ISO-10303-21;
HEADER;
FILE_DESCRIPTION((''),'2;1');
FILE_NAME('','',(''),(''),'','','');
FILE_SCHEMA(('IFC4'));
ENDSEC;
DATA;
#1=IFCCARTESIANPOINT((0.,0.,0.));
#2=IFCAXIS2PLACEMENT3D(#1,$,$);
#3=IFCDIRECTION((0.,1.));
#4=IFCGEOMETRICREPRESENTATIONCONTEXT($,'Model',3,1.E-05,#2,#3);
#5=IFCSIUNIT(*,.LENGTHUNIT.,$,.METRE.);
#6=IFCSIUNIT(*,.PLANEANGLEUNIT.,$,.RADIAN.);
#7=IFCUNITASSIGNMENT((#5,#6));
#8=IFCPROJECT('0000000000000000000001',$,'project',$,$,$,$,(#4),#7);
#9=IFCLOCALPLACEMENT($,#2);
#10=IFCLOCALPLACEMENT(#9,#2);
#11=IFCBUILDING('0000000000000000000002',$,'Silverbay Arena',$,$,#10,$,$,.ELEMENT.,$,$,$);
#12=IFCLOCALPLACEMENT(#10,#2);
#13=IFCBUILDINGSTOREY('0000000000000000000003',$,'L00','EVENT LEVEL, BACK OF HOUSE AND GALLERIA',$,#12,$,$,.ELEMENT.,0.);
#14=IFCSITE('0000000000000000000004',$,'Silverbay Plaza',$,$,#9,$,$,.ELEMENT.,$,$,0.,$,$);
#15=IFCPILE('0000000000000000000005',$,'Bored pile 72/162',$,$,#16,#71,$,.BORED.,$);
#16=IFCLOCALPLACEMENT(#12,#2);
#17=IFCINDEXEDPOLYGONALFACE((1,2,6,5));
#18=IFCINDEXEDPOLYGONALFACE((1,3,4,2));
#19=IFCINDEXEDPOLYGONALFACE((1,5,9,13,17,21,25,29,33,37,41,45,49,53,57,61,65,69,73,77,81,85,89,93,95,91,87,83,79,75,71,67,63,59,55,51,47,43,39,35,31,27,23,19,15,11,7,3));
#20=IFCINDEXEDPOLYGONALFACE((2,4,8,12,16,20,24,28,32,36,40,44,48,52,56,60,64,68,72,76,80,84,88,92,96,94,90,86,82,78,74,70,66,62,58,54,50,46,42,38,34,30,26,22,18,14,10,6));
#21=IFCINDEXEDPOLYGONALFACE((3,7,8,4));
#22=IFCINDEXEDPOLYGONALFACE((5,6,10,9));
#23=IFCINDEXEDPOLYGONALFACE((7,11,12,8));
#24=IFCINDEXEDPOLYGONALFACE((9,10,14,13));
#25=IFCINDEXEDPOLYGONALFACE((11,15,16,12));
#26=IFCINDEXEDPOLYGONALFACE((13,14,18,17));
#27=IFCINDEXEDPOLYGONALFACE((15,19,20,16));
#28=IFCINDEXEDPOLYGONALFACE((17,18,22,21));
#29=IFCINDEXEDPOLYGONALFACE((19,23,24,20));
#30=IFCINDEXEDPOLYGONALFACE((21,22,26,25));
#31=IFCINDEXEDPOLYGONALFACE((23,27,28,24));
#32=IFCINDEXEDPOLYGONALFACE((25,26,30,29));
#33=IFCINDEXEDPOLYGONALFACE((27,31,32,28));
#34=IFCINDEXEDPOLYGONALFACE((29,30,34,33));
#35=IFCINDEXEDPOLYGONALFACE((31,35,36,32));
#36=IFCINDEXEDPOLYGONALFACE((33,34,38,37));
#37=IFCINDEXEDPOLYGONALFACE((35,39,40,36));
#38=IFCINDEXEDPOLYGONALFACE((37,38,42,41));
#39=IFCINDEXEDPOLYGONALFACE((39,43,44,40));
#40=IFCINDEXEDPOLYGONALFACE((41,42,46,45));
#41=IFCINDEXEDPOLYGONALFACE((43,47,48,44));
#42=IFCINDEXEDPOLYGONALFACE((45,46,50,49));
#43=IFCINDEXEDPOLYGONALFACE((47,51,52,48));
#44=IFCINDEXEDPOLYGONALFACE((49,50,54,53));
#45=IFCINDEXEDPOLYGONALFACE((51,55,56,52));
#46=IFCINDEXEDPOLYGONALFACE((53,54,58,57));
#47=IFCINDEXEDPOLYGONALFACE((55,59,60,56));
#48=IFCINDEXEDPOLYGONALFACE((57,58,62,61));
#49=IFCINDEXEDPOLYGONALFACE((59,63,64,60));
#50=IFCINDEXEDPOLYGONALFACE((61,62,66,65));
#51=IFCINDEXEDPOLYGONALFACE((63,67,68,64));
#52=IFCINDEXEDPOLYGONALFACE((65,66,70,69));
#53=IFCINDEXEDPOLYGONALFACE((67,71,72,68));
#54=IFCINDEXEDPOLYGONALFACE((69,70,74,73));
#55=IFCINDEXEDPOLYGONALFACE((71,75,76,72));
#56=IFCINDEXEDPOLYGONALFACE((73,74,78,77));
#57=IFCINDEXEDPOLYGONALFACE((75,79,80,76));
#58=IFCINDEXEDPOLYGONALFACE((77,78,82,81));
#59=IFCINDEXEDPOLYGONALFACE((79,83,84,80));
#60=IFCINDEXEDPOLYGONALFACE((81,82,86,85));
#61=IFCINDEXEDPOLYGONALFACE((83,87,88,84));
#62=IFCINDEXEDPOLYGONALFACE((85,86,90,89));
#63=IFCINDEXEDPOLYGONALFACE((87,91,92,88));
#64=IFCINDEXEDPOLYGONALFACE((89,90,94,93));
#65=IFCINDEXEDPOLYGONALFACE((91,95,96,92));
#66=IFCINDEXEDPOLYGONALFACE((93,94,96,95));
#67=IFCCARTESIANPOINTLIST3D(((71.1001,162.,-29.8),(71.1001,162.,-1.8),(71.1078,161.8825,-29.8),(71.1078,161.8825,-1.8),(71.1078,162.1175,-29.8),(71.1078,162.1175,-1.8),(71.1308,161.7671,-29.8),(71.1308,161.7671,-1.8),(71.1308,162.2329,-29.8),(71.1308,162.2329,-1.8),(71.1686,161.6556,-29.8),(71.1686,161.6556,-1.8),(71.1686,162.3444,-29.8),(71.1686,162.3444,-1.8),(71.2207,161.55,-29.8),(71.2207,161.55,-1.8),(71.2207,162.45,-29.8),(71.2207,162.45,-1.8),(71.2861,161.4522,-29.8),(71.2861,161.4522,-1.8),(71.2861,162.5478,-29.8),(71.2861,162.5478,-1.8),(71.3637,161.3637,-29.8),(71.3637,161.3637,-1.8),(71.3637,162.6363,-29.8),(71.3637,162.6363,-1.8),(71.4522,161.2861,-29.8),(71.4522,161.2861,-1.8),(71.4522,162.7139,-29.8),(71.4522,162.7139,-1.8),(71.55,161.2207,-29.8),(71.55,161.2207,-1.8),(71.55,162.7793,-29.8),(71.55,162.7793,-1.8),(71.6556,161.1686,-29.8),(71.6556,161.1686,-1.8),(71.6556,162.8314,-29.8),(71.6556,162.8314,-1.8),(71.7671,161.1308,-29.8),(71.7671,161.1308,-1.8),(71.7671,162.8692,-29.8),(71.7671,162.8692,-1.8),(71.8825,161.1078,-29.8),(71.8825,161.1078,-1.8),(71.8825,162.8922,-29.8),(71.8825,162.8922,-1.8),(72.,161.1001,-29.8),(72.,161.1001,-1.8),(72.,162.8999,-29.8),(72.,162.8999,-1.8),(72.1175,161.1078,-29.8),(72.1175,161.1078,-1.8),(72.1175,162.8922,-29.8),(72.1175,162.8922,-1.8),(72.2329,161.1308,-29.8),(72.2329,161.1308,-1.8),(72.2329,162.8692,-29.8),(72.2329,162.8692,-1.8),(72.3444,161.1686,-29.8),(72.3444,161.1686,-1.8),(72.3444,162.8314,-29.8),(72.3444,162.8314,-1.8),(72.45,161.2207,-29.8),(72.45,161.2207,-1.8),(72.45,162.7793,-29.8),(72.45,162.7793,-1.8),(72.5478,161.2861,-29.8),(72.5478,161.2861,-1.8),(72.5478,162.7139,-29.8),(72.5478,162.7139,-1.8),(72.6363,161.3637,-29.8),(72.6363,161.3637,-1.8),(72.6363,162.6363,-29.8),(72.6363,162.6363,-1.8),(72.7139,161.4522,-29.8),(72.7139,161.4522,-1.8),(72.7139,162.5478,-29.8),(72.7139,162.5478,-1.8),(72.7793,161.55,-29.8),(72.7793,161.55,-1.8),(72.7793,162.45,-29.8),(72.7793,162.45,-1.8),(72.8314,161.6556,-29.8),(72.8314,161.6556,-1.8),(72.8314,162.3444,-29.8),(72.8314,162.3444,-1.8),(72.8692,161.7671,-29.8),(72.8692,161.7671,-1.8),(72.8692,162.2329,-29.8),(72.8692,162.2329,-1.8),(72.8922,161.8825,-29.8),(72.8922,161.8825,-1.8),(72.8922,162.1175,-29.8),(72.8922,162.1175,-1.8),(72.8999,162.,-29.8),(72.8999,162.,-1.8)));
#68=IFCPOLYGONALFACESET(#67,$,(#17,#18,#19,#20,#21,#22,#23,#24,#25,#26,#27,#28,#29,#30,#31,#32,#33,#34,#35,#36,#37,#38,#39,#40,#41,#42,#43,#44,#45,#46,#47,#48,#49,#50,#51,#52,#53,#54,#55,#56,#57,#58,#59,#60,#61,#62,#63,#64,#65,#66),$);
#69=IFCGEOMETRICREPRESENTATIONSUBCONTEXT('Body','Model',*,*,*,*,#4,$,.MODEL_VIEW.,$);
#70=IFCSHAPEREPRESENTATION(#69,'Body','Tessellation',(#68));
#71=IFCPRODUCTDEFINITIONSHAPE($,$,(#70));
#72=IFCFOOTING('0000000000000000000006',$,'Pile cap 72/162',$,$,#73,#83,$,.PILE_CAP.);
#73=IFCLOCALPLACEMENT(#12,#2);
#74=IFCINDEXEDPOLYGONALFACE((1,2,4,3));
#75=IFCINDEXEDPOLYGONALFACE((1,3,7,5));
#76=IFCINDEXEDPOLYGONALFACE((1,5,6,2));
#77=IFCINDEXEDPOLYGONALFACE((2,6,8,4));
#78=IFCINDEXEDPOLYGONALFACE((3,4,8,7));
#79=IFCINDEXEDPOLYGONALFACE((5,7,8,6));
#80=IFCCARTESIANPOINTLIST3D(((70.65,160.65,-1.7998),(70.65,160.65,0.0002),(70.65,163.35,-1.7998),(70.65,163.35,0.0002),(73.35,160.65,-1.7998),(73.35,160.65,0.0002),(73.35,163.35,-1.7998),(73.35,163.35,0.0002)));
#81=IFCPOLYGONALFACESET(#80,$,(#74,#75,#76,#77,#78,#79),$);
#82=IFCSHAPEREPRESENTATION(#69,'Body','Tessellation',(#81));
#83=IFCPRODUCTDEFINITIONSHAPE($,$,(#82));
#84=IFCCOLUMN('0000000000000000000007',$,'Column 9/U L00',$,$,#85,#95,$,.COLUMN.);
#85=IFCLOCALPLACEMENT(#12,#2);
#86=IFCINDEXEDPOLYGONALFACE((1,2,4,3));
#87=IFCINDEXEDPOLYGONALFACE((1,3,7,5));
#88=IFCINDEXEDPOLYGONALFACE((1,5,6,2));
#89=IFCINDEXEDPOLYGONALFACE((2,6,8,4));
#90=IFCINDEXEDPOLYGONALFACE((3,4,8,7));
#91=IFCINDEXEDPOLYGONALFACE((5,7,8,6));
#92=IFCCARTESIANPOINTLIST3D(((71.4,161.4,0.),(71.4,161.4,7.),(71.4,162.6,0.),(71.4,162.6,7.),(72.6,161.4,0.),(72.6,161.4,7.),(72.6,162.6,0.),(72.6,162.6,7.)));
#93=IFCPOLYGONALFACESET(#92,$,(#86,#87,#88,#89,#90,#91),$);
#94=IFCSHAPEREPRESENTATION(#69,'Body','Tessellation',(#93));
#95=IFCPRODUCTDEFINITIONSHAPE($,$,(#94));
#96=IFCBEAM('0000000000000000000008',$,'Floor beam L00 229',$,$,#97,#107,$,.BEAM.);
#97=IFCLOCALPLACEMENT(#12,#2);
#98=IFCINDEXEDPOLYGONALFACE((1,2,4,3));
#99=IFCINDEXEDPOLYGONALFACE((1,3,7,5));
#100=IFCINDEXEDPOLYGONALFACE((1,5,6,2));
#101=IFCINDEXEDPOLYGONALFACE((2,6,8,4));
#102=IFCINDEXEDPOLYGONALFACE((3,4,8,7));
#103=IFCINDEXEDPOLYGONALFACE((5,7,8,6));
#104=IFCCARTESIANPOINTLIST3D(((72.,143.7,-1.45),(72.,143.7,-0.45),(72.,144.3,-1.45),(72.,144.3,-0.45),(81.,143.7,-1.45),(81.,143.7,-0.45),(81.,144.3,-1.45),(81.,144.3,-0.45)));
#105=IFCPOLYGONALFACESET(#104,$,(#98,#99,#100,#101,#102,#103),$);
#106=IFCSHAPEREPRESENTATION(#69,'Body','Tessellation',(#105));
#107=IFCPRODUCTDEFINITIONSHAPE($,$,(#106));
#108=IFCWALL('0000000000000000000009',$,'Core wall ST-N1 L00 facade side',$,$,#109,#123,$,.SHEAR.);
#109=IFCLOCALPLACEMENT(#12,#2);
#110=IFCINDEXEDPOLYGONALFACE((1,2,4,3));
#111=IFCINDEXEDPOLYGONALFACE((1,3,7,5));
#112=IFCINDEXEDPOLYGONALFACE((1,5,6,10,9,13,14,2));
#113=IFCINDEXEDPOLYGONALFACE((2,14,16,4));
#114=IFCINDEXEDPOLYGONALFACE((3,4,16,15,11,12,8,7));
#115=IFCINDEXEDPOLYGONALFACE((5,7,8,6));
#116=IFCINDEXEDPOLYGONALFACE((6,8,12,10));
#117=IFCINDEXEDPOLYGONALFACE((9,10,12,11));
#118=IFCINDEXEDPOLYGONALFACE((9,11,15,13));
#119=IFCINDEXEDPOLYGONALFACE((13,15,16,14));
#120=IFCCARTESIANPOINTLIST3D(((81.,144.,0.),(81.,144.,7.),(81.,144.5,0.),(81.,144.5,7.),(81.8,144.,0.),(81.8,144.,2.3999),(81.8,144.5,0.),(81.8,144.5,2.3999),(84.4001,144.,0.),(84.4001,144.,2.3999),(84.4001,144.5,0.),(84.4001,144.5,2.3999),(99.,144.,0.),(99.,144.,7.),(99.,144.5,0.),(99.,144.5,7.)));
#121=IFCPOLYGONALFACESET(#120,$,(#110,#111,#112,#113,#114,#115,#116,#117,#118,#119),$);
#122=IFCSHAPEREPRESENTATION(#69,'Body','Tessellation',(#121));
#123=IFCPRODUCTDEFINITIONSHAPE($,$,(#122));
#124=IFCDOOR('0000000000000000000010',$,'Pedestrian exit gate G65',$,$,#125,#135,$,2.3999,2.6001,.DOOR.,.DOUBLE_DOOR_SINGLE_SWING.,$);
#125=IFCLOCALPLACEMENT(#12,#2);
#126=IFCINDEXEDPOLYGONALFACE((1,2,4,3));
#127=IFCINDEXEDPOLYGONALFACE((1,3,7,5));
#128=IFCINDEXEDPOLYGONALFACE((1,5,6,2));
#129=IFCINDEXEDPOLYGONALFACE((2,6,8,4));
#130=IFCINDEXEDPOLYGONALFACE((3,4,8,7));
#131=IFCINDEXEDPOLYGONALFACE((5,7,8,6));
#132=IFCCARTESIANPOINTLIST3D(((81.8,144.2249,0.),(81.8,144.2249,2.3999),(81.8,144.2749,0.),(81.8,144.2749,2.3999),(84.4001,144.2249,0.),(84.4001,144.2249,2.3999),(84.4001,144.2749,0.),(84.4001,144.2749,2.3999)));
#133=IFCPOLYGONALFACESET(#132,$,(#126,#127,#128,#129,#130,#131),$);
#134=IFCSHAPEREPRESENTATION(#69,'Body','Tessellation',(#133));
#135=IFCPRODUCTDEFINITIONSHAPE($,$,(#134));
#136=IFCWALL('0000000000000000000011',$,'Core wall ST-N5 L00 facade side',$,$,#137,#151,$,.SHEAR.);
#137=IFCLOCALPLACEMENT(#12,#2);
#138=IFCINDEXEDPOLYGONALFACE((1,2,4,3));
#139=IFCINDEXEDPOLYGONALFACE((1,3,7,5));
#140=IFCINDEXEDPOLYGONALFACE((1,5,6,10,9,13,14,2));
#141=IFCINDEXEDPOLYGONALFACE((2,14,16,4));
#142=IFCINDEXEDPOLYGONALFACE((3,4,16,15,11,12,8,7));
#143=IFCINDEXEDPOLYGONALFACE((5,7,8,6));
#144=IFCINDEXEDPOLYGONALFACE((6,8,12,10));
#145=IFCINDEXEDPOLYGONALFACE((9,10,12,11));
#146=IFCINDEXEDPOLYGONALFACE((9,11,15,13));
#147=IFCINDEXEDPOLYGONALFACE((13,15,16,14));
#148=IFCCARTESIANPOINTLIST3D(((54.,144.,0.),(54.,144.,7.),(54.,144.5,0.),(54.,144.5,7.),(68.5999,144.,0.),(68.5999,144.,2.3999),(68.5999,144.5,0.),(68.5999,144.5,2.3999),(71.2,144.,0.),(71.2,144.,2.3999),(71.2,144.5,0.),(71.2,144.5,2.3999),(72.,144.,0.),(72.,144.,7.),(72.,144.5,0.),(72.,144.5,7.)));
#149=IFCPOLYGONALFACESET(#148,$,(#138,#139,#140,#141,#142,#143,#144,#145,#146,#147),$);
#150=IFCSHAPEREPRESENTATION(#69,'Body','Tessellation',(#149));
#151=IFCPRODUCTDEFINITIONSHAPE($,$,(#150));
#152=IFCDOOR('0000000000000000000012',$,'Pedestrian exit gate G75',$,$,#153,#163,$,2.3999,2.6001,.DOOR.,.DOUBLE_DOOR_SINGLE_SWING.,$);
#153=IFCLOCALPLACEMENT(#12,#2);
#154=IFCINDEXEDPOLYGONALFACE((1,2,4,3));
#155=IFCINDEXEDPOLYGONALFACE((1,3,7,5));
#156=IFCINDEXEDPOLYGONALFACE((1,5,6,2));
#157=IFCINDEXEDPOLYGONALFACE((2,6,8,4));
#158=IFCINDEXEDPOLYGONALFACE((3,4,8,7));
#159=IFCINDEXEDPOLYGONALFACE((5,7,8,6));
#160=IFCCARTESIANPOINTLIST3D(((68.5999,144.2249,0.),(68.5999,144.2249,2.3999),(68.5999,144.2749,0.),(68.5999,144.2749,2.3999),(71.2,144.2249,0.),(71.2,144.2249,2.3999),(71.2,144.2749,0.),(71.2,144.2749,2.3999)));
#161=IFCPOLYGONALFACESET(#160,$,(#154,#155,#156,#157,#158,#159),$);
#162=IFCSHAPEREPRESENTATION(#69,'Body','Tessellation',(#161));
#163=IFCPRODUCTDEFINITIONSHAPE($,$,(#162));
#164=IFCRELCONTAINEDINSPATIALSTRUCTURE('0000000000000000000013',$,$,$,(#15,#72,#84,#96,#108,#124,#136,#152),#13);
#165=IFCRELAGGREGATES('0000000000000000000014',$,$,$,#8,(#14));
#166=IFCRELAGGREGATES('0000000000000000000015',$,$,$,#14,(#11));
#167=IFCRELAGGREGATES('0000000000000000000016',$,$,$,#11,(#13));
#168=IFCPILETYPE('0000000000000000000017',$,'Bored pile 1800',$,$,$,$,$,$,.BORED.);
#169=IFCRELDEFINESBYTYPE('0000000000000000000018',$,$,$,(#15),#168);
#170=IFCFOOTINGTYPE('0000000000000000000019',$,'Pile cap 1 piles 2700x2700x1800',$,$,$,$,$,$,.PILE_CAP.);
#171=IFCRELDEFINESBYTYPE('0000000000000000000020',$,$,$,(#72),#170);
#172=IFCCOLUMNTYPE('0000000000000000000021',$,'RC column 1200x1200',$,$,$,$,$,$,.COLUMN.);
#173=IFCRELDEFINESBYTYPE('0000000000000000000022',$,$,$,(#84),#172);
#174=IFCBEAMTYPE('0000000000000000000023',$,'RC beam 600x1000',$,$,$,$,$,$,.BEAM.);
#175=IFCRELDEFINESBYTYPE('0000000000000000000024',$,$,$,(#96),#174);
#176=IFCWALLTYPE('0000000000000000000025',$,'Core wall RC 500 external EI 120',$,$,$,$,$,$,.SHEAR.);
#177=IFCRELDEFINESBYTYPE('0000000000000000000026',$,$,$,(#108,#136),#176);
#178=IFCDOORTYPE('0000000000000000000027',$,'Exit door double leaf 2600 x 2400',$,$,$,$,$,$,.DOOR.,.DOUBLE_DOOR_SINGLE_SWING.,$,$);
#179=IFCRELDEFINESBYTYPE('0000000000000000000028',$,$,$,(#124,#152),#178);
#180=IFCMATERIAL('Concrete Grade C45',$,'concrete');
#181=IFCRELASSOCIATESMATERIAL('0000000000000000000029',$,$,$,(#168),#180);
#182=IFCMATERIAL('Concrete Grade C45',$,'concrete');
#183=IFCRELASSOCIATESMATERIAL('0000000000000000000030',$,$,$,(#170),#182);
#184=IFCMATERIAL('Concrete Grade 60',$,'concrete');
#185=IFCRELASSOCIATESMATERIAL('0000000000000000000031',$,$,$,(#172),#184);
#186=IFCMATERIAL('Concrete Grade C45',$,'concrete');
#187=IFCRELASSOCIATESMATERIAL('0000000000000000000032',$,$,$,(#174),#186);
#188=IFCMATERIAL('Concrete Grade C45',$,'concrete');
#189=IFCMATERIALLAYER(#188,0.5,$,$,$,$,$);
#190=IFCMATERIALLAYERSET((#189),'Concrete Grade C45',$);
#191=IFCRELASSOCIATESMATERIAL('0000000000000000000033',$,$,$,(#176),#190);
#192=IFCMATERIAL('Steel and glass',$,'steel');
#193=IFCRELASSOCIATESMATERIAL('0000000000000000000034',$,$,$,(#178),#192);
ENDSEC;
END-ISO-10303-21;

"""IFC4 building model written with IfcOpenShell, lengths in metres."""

from ifc_helpers import new_model, si_unit, direction, frame, frame_2d, origin, origin_2d, place, context, subcontext, project, spatial, rectangle, circle, extrude, material, layer, layer_set, material_profile, profile_set, type_object, element, fill, save


model = new_model("IFC4")

# Units and contexts
model_context = context("Model", 3, precision=1e-05, world=origin(), true_north=direction((0.0, 1.0)))
body_context = subcontext(model_context, "Body", "Model", "MODEL_VIEW")
ifc_project = project(units=[si_unit("LENGTHUNIT", "METRE"), si_unit("PLANEANGLEUNIT", "RADIAN")], contexts=[model_context])

# Site, building, storey
site_placement = place(None, origin())
site = spatial("IfcSite", under=ifc_project, at=site_placement, Name="Silverbay Plaza", CompositionType="ELEMENT", RefElevation=0.0)
building_placement = place(site_placement, origin())
building = spatial("IfcBuilding", under=site, at=building_placement, Name="Silverbay Arena", CompositionType="ELEMENT")
storey_placement = place(building_placement, origin())
storey = spatial("IfcBuildingStorey", under=building, at=storey_placement, Name="L00", Description="EVENT LEVEL, BACK OF HOUSE AND GALLERIA", CompositionType="ELEMENT", Elevation=0.0)

# Pile
ifc_material_1 = material(Name="Concrete Grade C45", Category="concrete")
ifc_material_profile_1 = material_profile(ifc_material_1, circle(Radius=0.8999, at=origin_2d()), Name="Bored pile 1800")
ifc_profile_set_1 = profile_set([ifc_material_profile_1], Name="Concrete Grade C45")
pile_type = type_object("IfcPileType", Name="Bored pile 1800", PredefinedType="BORED", material=ifc_profile_set_1)
pile_placement = place(storey_placement, frame((72.0, 162.0, -1.8), z_axis=(0.0, 0.0, -1.0), x_axis=(1.0, 0.0, 0.0)))
element("IfcPile", 1, at=pile_placement, inside=storey, type_object=pile_type, Name="Bored pile 72/162", PredefinedType="BORED", context=body_context, shape_type="SweptSolid", body=[
    extrude(circle(Radius=0.8999, at=origin_2d()), origin(), (0.0, 0.0, 1.0), 28.0),
])

# Footing
ifc_material_2 = material(Name="Concrete Grade C45", Category="concrete")
footing_type = type_object("IfcFootingType", Name="Pile cap 1 piles 2700x2700x1800", PredefinedType="PILE_CAP", material=ifc_material_2)
footing_placement = place(storey_placement, frame((72.0, 162.0, -1.7998), z_axis=(0.0, 0.0, 1.0), x_axis=(1.0, 0.0, 0.0)))
element("IfcFooting", 2, at=footing_placement, inside=storey, type_object=footing_type, Name="Pile cap 72/162", PredefinedType="PILE_CAP", context=body_context, shape_type="SweptSolid", body=[
    extrude(rectangle(XDim=2.7, YDim=2.7, at=origin_2d()), origin(), (0.0, 0.0, 1.0), 1.8),
])

# Column
ifc_material_3 = material(Name="Concrete Grade 60", Category="concrete")
ifc_material_profile_2 = material_profile(ifc_material_3, rectangle(XDim=1.2, YDim=1.2, at=origin_2d()), Name="RC 1200x1200")
ifc_profile_set_2 = profile_set([ifc_material_profile_2], Name="Concrete Grade 60")
column_type = type_object("IfcColumnType", Name="RC column 1200x1200", PredefinedType="COLUMN", material=ifc_profile_set_2)
column_placement = place(storey_placement, frame((72.0, 162.0, 0.0), z_axis=(0.0, 0.0, 1.0), x_axis=(1.0, 0.0, 0.0)))
element("IfcColumn", 3, at=column_placement, inside=storey, type_object=column_type, Name="Column 9/U L00", PredefinedType="COLUMN", context=body_context, shape_type="SweptSolid", body=[
    extrude(rectangle(XDim=1.2, YDim=1.2, at=origin_2d()), origin(), (0.0, 0.0, 1.0), 7.0),
])

# Beam
ifc_material_4 = material(Name="Concrete Grade C45", Category="concrete")
ifc_material_profile_3 = material_profile(ifc_material_4, rectangle(XDim=0.6001, YDim=1.0, at=origin_2d()), Name="RC 600x1000")
ifc_profile_set_3 = profile_set([ifc_material_profile_3], Name="Concrete Grade C45")
beam_type = type_object("IfcBeamType", Name="RC beam 600x1000", PredefinedType="BEAM", material=ifc_profile_set_3)
beam_placement = place(storey_placement, frame((72.0, 144.0, -0.95), z_axis=(1.0, 0.0, 0.0), x_axis=(0.0, 1.0, 0.0)))
element("IfcBeam", 4, at=beam_placement, inside=storey, type_object=beam_type, Name="Floor beam L00 229", PredefinedType="BEAM", context=body_context, shape_type="SweptSolid", body=[
    extrude(rectangle(XDim=0.6001, YDim=1.0, at=origin_2d()), origin(), (0.0, 0.0, 1.0), 9.0),
])

# Walls, openings, doors
ifc_material_5 = material(Name="Concrete Grade C45", Category="concrete")
ifc_layer_1 = layer(ifc_material_5, 0.5)
ifc_layer_set_1 = layer_set([ifc_layer_1], Name="Concrete Grade C45")
wall_type_1 = type_object("IfcWallType", Name="Core wall RC 500 external EI 120", PredefinedType="SHEAR", material=ifc_layer_set_1)
wall_1_placement = place(storey_placement, frame((81.0, 144.25, 0.0), z_axis=(0.0, 0.0, 1.0), x_axis=(1.0, 0.0, 0.0)))
wall_1 = element("IfcWall", 5, at=wall_1_placement, inside=storey, type_object=wall_type_1, Name="Core wall ST-N1 L00 facade side", PredefinedType="SHEAR", context=body_context, shape_type="SweptSolid", body=[
    extrude(rectangle(XDim=18.0, YDim=0.5, at=frame_2d((9.0, 0.0))), origin(), (0.0, 0.0, 1.0), 7.0),
])
opening_1_placement = place(wall_1_placement, frame((0.8, 0.0, 0.0)))
opening_1 = element("IfcOpeningElement", 6, at=opening_1_placement, cuts=wall_1, PredefinedType="OPENING", context=body_context, shape_type="SweptSolid", body=[
    extrude(rectangle(XDim=2.6001, YDim=2.3999, at=frame_2d((1.3, 1.2))), frame((0.0, 0.26, 0.0), z_axis=(0.0, -1.0, 0.0), x_axis=(1.0, 0.0, 0.0)), (0.0, 0.0, 1.0), 0.52),
])
ifc_material_6 = material(Name="Steel and glass", Category="steel")
door_type_1 = type_object("IfcDoorType", Name="Exit door double leaf 2600 x 2400", OperationType="DOUBLE_DOOR_SINGLE_SWING", PredefinedType="DOOR", material=ifc_material_6)
door_1_placement = place(opening_1_placement, origin())
door_1 = element("IfcDoor", 7, at=door_1_placement, inside=storey, type_object=door_type_1, Name="Pedestrian exit gate G65", OperationType="DOUBLE_DOOR_SINGLE_SWING", OverallHeight=2.3999, OverallWidth=2.6001, PredefinedType="DOOR", context=body_context, shape_type="SweptSolid", body=[
    extrude(rectangle(XDim=2.6001, YDim=2.3999, at=frame_2d((1.3, 1.2))), frame((0.0, 0.0249, 0.0), z_axis=(0.0, -1.0, 0.0), x_axis=(1.0, 0.0, 0.0)), (0.0, 0.0, 1.0), 0.05),
])
fill(opening_1, door_1)
wall_2_placement = place(storey_placement, frame((72.0, 144.25, 0.0), z_axis=(0.0, 0.0, 1.0), x_axis=(-1.0, 0.0, 0.0)))
wall_2 = element("IfcWall", 8, at=wall_2_placement, inside=storey, type_object=wall_type_1, Name="Core wall ST-N5 L00 facade side", PredefinedType="SHEAR", context=body_context, shape_type="SweptSolid", body=[
    extrude(rectangle(XDim=18.0, YDim=0.5, at=frame_2d((9.0, 0.0))), origin(), (0.0, 0.0, 1.0), 7.0),
])
opening_2_placement = place(wall_2_placement, frame((0.8, 0.0, 0.0)))
opening_2 = element("IfcOpeningElement", 9, at=opening_2_placement, cuts=wall_2, PredefinedType="OPENING", context=body_context, shape_type="SweptSolid", body=[
    extrude(rectangle(XDim=2.6001, YDim=2.3999, at=frame_2d((1.3, 1.2))), frame((0.0, 0.26, 0.0), z_axis=(0.0, -1.0, 0.0), x_axis=(1.0, 0.0, 0.0)), (0.0, 0.0, 1.0), 0.52),
])
door_2_placement = place(opening_2_placement, frame((2.6001, 0.0, 0.0), z_axis=(0.0, 0.0, 1.0), x_axis=(-1.0, 0.0, 0.0)))
door_2 = element("IfcDoor", 10, at=door_2_placement, inside=storey, type_object=door_type_1, Name="Pedestrian exit gate G75", OperationType="DOUBLE_DOOR_SINGLE_SWING", OverallHeight=2.3999, OverallWidth=2.6001, PredefinedType="DOOR", context=body_context, shape_type="SweptSolid", body=[
    extrude(rectangle(XDim=2.6001, YDim=2.3999, at=frame_2d((1.3, 1.2))), frame((0.0, 0.0249, 0.0), z_axis=(0.0, -1.0, 0.0), x_axis=(1.0, 0.0, 0.0)), (0.0, 0.0, 1.0), 0.05),
])
fill(opening_2, door_2)

save(model, "model.ifc")
